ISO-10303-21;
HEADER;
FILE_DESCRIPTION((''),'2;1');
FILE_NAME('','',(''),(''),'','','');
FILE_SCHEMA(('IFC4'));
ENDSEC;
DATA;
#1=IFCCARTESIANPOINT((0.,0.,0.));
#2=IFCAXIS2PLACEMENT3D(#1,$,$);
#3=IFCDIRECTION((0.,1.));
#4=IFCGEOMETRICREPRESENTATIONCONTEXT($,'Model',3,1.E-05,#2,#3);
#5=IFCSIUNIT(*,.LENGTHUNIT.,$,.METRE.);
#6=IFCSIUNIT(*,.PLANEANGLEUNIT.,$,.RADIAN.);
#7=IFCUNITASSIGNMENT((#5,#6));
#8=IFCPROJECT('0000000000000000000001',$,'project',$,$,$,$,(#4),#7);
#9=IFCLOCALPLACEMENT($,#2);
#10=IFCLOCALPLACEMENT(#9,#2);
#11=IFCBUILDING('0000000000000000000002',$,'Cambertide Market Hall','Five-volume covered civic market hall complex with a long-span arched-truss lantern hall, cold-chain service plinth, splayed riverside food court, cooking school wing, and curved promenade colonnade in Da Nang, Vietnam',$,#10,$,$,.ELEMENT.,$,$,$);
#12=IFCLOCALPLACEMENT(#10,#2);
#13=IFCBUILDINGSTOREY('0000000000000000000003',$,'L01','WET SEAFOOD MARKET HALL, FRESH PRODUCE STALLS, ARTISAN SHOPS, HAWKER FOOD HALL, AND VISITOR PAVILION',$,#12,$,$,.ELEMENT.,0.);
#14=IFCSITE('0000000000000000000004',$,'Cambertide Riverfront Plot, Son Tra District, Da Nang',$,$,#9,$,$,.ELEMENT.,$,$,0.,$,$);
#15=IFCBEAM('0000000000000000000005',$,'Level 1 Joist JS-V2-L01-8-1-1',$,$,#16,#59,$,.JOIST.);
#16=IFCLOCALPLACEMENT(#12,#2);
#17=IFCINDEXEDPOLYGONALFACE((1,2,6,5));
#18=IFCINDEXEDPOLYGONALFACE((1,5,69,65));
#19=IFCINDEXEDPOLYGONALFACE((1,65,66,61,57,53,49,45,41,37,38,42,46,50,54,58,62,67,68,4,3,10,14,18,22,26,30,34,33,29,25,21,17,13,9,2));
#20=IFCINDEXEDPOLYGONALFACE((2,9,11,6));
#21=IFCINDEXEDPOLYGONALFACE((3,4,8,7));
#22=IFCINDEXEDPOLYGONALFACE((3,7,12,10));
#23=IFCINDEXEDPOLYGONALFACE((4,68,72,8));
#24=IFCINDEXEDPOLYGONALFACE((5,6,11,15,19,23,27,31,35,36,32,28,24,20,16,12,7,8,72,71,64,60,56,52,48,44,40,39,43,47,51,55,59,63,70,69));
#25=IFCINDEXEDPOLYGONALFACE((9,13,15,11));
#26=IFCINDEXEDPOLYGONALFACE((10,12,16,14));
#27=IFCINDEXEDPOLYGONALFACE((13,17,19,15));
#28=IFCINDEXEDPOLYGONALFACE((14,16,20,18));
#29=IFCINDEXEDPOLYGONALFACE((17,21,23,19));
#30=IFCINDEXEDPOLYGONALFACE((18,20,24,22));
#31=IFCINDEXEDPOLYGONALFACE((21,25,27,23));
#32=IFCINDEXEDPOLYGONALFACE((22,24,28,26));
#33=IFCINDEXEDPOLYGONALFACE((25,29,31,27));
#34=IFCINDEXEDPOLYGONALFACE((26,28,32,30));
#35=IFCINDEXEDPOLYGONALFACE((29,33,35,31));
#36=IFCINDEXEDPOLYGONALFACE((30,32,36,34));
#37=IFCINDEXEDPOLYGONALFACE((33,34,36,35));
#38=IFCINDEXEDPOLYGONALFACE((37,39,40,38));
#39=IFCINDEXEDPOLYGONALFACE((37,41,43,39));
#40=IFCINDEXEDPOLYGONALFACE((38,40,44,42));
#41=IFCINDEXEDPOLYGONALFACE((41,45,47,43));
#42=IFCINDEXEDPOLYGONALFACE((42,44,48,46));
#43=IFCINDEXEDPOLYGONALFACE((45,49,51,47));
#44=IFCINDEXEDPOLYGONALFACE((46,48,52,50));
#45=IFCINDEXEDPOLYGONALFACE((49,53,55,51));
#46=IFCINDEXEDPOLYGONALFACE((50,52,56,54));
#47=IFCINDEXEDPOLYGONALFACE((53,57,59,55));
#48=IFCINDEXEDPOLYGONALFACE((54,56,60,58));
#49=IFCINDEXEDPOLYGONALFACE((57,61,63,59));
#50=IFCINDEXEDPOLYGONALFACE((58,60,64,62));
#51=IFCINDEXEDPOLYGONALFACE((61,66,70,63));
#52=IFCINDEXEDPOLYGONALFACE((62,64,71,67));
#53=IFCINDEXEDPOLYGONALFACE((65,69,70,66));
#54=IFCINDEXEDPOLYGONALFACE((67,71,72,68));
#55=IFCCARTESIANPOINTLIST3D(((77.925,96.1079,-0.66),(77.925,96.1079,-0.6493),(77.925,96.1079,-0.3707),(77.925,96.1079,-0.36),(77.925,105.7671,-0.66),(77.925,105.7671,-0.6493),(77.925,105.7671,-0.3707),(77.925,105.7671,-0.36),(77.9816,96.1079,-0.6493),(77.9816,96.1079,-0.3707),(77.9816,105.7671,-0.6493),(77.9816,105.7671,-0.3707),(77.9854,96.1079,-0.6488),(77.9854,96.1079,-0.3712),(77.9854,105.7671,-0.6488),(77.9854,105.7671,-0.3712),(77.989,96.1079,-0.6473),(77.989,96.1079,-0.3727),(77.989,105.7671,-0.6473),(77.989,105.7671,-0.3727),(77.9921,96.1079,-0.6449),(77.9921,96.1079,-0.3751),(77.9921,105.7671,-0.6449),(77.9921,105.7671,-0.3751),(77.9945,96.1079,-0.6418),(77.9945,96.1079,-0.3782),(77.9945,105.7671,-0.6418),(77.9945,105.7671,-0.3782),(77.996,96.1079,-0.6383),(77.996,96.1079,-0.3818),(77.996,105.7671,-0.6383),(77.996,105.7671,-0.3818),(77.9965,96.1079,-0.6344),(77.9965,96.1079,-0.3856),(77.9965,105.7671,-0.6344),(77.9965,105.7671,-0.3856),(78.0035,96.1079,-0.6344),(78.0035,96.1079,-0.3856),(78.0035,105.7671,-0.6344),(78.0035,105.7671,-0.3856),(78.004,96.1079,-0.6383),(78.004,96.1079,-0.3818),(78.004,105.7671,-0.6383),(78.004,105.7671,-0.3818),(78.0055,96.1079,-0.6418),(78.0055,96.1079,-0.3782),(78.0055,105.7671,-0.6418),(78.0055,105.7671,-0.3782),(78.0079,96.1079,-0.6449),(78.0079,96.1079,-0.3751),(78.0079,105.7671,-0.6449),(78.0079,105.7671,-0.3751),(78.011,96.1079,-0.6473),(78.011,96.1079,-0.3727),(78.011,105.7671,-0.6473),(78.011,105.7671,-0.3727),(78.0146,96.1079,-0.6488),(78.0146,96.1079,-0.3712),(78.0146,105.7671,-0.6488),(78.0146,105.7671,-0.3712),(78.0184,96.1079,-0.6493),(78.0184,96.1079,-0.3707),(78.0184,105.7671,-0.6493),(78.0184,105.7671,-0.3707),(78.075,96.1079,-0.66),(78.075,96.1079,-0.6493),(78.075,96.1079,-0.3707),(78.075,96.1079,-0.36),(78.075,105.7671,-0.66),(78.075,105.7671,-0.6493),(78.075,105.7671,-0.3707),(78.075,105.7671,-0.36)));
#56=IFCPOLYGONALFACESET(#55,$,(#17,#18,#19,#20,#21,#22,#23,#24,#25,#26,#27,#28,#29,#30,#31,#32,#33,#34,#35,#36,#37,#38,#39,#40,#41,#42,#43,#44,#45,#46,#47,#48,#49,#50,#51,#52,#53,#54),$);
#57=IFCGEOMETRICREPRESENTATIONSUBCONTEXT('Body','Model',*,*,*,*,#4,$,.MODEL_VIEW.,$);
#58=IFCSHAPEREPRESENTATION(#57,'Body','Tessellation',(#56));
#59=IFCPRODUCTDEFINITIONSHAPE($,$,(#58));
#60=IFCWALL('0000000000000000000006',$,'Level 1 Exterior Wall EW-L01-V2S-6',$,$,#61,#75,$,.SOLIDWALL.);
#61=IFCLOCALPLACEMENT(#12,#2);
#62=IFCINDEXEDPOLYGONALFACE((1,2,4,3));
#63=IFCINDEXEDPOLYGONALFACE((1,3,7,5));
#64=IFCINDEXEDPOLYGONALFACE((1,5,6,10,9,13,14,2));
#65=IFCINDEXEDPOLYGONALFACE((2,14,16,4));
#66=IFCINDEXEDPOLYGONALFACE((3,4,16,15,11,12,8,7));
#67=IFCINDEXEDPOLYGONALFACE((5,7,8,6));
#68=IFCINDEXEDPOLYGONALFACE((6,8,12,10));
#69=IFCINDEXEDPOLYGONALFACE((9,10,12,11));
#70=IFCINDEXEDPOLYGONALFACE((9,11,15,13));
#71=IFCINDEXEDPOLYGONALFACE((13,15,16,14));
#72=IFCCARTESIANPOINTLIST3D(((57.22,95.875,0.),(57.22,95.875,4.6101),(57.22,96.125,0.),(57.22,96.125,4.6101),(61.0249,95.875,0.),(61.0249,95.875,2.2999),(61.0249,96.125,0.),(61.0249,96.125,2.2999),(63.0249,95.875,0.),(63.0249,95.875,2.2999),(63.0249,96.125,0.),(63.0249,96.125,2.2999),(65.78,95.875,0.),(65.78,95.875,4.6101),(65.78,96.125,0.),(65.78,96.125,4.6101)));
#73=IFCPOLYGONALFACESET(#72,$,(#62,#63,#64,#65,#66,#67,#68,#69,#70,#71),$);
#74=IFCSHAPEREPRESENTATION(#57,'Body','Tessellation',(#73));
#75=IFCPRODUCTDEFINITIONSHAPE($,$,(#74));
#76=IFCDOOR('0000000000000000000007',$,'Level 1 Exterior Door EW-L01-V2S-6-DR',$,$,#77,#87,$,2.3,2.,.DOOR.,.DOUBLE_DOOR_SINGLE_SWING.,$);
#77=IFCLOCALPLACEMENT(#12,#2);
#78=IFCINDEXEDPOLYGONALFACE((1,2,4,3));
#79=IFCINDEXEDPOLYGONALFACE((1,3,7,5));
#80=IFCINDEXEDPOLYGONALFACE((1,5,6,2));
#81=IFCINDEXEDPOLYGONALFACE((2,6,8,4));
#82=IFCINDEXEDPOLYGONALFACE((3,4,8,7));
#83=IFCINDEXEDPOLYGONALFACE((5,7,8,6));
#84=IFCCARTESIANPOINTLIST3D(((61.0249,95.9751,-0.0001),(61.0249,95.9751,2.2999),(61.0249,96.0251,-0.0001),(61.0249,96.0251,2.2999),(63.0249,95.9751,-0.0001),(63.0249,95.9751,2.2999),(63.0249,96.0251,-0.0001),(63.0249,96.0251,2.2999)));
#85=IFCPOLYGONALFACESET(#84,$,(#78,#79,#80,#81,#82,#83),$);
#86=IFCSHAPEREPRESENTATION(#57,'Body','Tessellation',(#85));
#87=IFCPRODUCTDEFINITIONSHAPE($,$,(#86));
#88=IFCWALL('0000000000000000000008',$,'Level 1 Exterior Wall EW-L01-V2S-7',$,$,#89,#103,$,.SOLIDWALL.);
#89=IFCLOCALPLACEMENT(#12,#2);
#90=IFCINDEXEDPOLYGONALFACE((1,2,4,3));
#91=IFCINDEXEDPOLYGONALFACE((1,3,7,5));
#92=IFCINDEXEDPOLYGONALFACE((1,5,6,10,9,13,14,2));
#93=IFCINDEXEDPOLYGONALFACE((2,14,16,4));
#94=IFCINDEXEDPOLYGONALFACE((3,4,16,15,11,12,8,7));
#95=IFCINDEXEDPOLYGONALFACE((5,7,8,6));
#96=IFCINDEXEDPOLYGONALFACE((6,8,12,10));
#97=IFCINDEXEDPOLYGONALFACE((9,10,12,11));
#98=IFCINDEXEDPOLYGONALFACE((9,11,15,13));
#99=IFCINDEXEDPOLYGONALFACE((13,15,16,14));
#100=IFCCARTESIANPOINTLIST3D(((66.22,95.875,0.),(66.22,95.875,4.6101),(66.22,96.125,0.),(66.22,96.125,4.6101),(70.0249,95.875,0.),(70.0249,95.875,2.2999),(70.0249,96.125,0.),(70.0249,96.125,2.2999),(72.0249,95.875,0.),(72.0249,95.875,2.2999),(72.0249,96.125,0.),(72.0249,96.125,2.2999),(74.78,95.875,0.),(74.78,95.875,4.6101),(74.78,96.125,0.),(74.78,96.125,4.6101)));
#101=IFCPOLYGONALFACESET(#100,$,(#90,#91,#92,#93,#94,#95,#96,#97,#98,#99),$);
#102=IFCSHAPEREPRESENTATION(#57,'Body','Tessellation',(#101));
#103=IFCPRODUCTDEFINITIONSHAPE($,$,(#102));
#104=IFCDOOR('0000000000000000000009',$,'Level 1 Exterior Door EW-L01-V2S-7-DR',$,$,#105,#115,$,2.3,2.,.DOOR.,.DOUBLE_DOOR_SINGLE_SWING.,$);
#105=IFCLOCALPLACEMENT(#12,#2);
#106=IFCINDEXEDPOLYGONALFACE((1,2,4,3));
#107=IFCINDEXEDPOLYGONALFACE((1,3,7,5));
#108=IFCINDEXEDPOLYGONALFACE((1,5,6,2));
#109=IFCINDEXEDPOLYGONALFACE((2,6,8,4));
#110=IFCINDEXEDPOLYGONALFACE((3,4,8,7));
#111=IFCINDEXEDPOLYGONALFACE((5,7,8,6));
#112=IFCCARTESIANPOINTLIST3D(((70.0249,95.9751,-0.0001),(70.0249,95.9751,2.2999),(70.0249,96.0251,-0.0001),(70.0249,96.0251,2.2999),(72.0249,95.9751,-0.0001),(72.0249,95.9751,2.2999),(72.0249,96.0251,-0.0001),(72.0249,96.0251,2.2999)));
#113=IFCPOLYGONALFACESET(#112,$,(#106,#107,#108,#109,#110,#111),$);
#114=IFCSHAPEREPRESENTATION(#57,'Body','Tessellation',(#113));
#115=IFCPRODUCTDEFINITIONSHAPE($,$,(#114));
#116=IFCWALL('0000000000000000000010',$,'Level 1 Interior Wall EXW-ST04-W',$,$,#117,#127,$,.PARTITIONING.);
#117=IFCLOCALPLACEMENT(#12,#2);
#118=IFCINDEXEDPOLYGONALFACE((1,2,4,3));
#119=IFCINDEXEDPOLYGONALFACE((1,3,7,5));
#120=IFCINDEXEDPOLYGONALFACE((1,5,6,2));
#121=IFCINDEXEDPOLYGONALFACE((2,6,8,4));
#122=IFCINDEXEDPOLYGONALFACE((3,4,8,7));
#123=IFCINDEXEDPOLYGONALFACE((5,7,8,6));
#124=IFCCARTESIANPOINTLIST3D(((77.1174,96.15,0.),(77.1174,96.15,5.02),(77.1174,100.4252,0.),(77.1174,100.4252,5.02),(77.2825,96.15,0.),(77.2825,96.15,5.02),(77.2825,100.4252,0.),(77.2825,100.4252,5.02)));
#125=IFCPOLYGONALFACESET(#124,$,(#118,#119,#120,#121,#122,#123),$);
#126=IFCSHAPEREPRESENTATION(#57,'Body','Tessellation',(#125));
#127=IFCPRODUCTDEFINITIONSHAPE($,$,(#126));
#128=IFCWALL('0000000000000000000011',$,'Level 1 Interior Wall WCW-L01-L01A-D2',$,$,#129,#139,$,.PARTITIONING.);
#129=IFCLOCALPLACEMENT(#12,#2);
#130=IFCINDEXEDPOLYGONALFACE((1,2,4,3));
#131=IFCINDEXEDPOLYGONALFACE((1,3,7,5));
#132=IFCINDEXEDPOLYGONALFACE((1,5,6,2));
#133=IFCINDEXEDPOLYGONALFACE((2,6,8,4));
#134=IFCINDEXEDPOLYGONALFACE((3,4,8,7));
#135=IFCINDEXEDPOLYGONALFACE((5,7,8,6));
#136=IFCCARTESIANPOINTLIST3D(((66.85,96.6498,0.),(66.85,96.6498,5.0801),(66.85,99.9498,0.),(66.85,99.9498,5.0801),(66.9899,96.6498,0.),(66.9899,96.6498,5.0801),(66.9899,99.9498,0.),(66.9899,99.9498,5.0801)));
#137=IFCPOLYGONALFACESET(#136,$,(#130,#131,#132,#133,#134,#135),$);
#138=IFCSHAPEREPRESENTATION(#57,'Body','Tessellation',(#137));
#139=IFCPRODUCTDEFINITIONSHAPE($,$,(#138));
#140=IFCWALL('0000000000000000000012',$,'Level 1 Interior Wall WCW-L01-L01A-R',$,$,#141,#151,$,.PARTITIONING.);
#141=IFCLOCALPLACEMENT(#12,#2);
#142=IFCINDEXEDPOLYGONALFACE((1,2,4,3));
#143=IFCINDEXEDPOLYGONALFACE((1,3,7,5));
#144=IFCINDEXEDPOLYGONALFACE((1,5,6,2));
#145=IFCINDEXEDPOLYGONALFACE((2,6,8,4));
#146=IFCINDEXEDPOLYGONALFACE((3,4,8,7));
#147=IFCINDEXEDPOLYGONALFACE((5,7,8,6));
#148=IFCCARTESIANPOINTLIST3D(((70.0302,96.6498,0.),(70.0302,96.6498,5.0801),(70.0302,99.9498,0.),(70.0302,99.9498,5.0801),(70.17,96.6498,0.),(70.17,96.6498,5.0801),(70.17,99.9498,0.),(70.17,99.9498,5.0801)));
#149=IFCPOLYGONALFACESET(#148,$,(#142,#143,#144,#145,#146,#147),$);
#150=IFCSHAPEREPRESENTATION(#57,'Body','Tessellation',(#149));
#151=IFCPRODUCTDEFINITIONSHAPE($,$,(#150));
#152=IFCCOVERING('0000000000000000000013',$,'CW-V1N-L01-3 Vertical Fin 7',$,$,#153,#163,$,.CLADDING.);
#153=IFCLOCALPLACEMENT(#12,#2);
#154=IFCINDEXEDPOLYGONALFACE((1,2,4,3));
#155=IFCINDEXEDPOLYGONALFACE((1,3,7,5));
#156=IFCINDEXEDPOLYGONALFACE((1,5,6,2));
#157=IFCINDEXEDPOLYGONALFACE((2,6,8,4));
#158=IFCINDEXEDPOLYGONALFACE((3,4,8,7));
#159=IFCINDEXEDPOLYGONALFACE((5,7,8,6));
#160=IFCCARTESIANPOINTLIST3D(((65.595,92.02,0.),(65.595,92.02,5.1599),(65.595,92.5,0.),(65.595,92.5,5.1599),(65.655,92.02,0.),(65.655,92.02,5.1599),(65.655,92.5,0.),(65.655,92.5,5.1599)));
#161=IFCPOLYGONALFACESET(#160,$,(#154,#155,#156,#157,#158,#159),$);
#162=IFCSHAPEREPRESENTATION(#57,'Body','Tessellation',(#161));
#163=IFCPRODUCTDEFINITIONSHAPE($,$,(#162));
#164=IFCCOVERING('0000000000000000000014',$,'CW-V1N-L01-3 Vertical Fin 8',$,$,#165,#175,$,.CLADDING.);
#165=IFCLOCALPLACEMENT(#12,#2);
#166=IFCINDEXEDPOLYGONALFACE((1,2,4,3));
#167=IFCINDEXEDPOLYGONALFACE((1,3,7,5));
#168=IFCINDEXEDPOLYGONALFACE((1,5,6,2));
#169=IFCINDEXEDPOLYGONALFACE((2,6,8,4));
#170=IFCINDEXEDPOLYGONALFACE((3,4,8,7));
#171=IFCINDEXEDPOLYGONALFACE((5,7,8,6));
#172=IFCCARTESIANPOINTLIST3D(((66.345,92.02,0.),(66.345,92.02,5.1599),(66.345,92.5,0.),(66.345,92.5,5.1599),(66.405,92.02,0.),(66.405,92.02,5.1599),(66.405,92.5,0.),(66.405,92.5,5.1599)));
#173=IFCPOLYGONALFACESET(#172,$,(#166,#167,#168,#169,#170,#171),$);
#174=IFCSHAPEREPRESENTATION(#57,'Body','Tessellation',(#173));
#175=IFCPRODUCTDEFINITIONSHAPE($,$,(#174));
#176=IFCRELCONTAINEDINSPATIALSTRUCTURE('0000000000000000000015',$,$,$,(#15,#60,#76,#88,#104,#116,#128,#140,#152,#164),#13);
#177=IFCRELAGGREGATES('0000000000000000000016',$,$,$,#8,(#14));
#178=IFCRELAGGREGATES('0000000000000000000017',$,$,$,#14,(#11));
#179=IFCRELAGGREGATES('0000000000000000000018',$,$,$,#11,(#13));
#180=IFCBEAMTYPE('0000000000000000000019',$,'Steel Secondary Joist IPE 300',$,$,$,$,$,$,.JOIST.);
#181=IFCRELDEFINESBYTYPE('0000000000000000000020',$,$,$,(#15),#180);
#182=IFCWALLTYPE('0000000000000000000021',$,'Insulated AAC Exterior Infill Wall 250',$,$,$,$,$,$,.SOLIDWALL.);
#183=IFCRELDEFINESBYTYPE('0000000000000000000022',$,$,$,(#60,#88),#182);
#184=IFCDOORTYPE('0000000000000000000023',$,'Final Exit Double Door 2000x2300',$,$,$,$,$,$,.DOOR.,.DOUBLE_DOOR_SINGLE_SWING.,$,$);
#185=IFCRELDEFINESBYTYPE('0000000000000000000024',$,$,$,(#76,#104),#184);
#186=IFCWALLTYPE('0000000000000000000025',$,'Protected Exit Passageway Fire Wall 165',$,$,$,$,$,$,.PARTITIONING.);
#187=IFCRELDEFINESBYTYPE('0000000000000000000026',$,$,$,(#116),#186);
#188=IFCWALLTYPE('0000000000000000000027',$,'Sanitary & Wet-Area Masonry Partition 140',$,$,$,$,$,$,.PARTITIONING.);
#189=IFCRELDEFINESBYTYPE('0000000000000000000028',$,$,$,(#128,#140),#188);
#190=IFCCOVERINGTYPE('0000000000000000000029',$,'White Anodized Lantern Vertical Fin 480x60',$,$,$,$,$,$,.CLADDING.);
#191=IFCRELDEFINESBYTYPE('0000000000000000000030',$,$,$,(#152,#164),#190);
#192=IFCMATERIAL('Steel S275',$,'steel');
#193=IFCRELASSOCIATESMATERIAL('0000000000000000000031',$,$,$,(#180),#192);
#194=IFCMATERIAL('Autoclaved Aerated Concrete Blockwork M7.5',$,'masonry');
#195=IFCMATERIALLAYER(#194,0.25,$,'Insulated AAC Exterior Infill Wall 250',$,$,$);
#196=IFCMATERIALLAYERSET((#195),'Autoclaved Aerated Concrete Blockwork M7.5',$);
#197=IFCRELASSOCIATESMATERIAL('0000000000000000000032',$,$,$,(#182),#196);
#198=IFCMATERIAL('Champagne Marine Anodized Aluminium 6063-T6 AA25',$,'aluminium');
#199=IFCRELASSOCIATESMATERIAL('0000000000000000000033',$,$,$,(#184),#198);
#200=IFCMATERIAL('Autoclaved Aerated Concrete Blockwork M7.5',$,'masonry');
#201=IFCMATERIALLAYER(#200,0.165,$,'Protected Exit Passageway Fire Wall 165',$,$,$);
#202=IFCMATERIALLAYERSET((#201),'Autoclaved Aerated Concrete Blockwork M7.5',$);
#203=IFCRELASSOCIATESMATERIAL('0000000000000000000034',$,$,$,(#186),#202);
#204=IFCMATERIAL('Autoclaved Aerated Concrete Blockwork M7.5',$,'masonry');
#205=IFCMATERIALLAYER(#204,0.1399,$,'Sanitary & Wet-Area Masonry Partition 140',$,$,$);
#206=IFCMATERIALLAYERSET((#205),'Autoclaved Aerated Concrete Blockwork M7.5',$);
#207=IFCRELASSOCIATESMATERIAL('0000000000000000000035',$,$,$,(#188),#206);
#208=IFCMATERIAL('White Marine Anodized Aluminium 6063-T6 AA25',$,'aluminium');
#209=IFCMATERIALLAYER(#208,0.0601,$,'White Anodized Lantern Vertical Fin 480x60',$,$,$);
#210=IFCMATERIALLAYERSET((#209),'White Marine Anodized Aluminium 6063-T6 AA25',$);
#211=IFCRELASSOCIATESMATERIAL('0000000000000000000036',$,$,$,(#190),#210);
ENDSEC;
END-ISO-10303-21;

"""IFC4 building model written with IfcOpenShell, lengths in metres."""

from ifc_helpers import new_model, si_unit, direction, frame, frame_2d, origin, origin_2d, place, context, subcontext, project, spatial, rectangle, i_section, extrude, material, layer, layer_set, material_profile, profile_set, type_object, element, fill, save


model = new_model("IFC4")

# Units and contexts
model_context = context("Model", 3, precision=1e-05, world=origin(), true_north=direction((0.0, 1.0)))
body_context = subcontext(model_context, "Body", "Model", "MODEL_VIEW")
ifc_project = project(units=[si_unit("LENGTHUNIT", "METRE"), si_unit("PLANEANGLEUNIT", "RADIAN")], contexts=[model_context])

# Site, building, storey
site_placement = place(None, origin())
site = spatial("IfcSite", under=ifc_project, at=site_placement, Name="Cambertide Riverfront Plot, Son Tra District, Da Nang", CompositionType="ELEMENT", RefElevation=0.0)
building_placement = place(site_placement, origin())
building = spatial("IfcBuilding", under=site, at=building_placement, Name="Cambertide Market Hall", Description="Five-volume covered civic market hall complex with a long-span arched-truss lantern hall, cold-chain service plinth, splayed riverside food court, cooking school wing, and curved promenade colonnade in Da Nang, Vietnam", CompositionType="ELEMENT")
storey_placement = place(building_placement, origin())
storey = spatial("IfcBuildingStorey", under=building, at=storey_placement, Name="L01", Description="WET SEAFOOD MARKET HALL, FRESH PRODUCE STALLS, ARTISAN SHOPS, HAWKER FOOD HALL, AND VISITOR PAVILION", CompositionType="ELEMENT", Elevation=0.0)

# Beam
ifc_material_1 = material(Name="Steel S275", Category="steel")
ifc_material_profile_1 = material_profile(ifc_material_1, i_section(OverallWidth=0.1499, OverallDepth=0.3, WebThickness=0.0071, FlangeThickness=0.0107, FilletRadius=0.0149, at=origin_2d()), Name="IPE 300")
ifc_profile_set_1 = profile_set([ifc_material_profile_1], Name="Steel S275")
beam_type_1 = type_object("IfcBeamType", Name="Steel Secondary Joist IPE 300", PredefinedType="JOIST", material=ifc_profile_set_1)
for number, where, z_axis, x_axis, name in (
    (1, (78.0, 96.1079, -0.51), (0.0, 1.0, 0.0), (-1.0, 0.0, 0.0), "Level 1 Joist JS-V2-L01-8-1-1"),
):
    element("IfcBeam", number, at=place(storey_placement, frame(where, z_axis=z_axis, x_axis=x_axis)), inside=storey, type_object=beam_type_1, Name=name, PredefinedType="JOIST", context=body_context, shape_type="SweptSolid", body=[
        extrude(i_section(OverallWidth=0.1499, OverallDepth=0.3, WebThickness=0.0071, FlangeThickness=0.0107, FilletRadius=0.0149, at=origin_2d()), origin(), (0.0, 0.0, 1.0), 9.6592),
    ])

# Walls, openings, doors
ifc_material_2 = material(Name="Autoclaved Aerated Concrete Blockwork M7.5", Category="masonry")
ifc_layer_1 = layer(ifc_material_2, 0.25, Name="Insulated AAC Exterior Infill Wall 250")
ifc_layer_set_1 = layer_set([ifc_layer_1], Name="Autoclaved Aerated Concrete Blockwork M7.5")
wall_type_1 = type_object("IfcWallType", Name="Insulated AAC Exterior Infill Wall 250", PredefinedType="SOLIDWALL", material=ifc_layer_set_1)
wall_1_placement = place(storey_placement, frame((65.78, 96.0, 0.0), z_axis=(0.0, 0.0, 1.0), x_axis=(-1.0, 0.0, 0.0)))
wall_1 = element("IfcWall", 2, at=wall_1_placement, inside=storey, type_object=wall_type_1, Name="Level 1 Exterior Wall EW-L01-V2S-6", PredefinedType="SOLIDWALL", context=body_context, shape_type="SweptSolid", body=[
    extrude(rectangle(XDim=8.5601, YDim=0.25, at=frame_2d((4.28, 0.0))), origin(), (0.0, 0.0, 1.0), 4.6101),
])
opening_1_placement = place(wall_1_placement, frame((2.7551, 0.0, 0.0)))
opening_1 = element("IfcOpeningElement", 3, at=opening_1_placement, cuts=wall_1, PredefinedType="OPENING", context=body_context, shape_type="SweptSolid", body=[
    extrude(rectangle(XDim=2.0, YDim=2.3, at=frame_2d((1.0, 1.1499))), frame((0.0, 0.135, 0.0), z_axis=(0.0, -1.0, 0.0), x_axis=(1.0, 0.0, 0.0)), (0.0, 0.0, 1.0), 0.27),
])
ifc_material_3 = material(Name="Champagne Marine Anodized Aluminium 6063-T6 AA25", Category="aluminium")
door_type = type_object("IfcDoorType", Name="Final Exit Double Door 2000x2300", OperationType="DOUBLE_DOOR_SINGLE_SWING", PredefinedType="DOOR", material=ifc_material_3)
door_1_placement = place(opening_1_placement, origin())
door_1 = element("IfcDoor", 4, at=door_1_placement, inside=storey, type_object=door_type, Name="Level 1 Exterior Door EW-L01-V2S-6-DR", OperationType="DOUBLE_DOOR_SINGLE_SWING", OverallHeight=2.3, OverallWidth=2.0, PredefinedType="DOOR", context=body_context, shape_type="SweptSolid", body=[
    extrude(rectangle(XDim=2.0, YDim=2.3, at=frame_2d((1.0, 1.1499))), frame((0.0, 0.0249, 0.0), z_axis=(0.0, -1.0, 0.0), x_axis=(1.0, 0.0, 0.0)), (0.0, 0.0, 1.0), 0.05),
])
fill(opening_1, door_1)
wall_2_placement = place(storey_placement, frame((74.78, 96.0, 0.0), z_axis=(0.0, 0.0, 1.0), x_axis=(-1.0, 0.0, 0.0)))
wall_2 = element("IfcWall", 5, at=wall_2_placement, inside=storey, type_object=wall_type_1, Name="Level 1 Exterior Wall EW-L01-V2S-7", PredefinedType="SOLIDWALL", context=body_context, shape_type="SweptSolid", body=[
    extrude(rectangle(XDim=8.5601, YDim=0.25, at=frame_2d((4.28, 0.0))), origin(), (0.0, 0.0, 1.0), 4.6101),
])
opening_2_placement = place(wall_2_placement, frame((2.7551, 0.0, 0.0)))
opening_2 = element("IfcOpeningElement", 6, at=opening_2_placement, cuts=wall_2, PredefinedType="OPENING", context=body_context, shape_type="SweptSolid", body=[
    extrude(rectangle(XDim=2.0, YDim=2.3, at=frame_2d((1.0, 1.1499))), frame((0.0, 0.135, 0.0), z_axis=(0.0, -1.0, 0.0), x_axis=(1.0, 0.0, 0.0)), (0.0, 0.0, 1.0), 0.27),
])
door_2_placement = place(opening_2_placement, origin())
door_2 = element("IfcDoor", 7, at=door_2_placement, inside=storey, type_object=door_type, Name="Level 1 Exterior Door EW-L01-V2S-7-DR", OperationType="DOUBLE_DOOR_SINGLE_SWING", OverallHeight=2.3, OverallWidth=2.0, PredefinedType="DOOR", context=body_context, shape_type="SweptSolid", body=[
    extrude(rectangle(XDim=2.0, YDim=2.3, at=frame_2d((1.0, 1.1499))), frame((0.0, 0.0249, 0.0), z_axis=(0.0, -1.0, 0.0), x_axis=(1.0, 0.0, 0.0)), (0.0, 0.0, 1.0), 0.05),
])
fill(opening_2, door_2)

# Walls
ifc_material_4 = material(Name="Autoclaved Aerated Concrete Blockwork M7.5", Category="masonry")
ifc_layer_2 = layer(ifc_material_4, 0.165, Name="Protected Exit Passageway Fire Wall 165")
ifc_layer_set_2 = layer_set([ifc_layer_2], Name="Autoclaved Aerated Concrete Blockwork M7.5")
wall_type_2 = type_object("IfcWallType", Name="Protected Exit Passageway Fire Wall 165", PredefinedType="PARTITIONING", material=ifc_layer_set_2)
wall_3_placement = place(storey_placement, frame((77.2, 96.1499, 0.0), z_axis=(0.0, 0.0, 1.0), x_axis=(0.0, 1.0, 0.0)))
element("IfcWall", 8, at=wall_3_placement, inside=storey, type_object=wall_type_2, Name="Level 1 Interior Wall EXW-ST04-W", PredefinedType="PARTITIONING", context=body_context, shape_type="SweptSolid", body=[
    extrude(rectangle(XDim=4.2751, YDim=0.165, at=frame_2d((2.1377, 0.0))), origin(), (0.0, 0.0, 1.0), 5.02),
])
ifc_material_5 = material(Name="Autoclaved Aerated Concrete Blockwork M7.5", Category="masonry")
ifc_layer_3 = layer(ifc_material_5, 0.1399, Name="Sanitary & Wet-Area Masonry Partition 140")
ifc_layer_set_3 = layer_set([ifc_layer_3], Name="Autoclaved Aerated Concrete Blockwork M7.5")
wall_type_3 = type_object("IfcWallType", Name="Sanitary & Wet-Area Masonry Partition 140", PredefinedType="PARTITIONING", material=ifc_layer_set_3)
for number, where, z_axis, x_axis, name in (
    (9, (66.9199, 96.6499, 0.0), (0.0, 0.0, 1.0), (0.0, 1.0, 0.0), "Level 1 Interior Wall WCW-L01-L01A-D2"),
    (10, (70.1001, 96.6499, 0.0), (0.0, 0.0, 1.0), (0.0, 1.0, 0.0), "Level 1 Interior Wall WCW-L01-L01A-R"),
):
    element("IfcWall", number, at=place(storey_placement, frame(where, z_axis=z_axis, x_axis=x_axis)), inside=storey, type_object=wall_type_3, Name=name, PredefinedType="PARTITIONING", context=body_context, shape_type="SweptSolid", body=[
        extrude(rectangle(XDim=3.3, YDim=0.1399, at=frame_2d((1.6499, 0.0))), origin(), (0.0, 0.0, 1.0), 5.0801),
    ])

# Coverings
ifc_material_6 = material(Name="White Marine Anodized Aluminium 6063-T6 AA25", Category="aluminium")
ifc_layer_4 = layer(ifc_material_6, 0.0601, Name="White Anodized Lantern Vertical Fin 480x60")
ifc_layer_set_4 = layer_set([ifc_layer_4], Name="White Marine Anodized Aluminium 6063-T6 AA25")
covering_type = type_object("IfcCoveringType", Name="White Anodized Lantern Vertical Fin 480x60", PredefinedType="CLADDING", material=ifc_layer_set_4)
for number, where, z_axis, x_axis, name in (
    (11, (65.625, 92.26, 0.0), (0.0, 0.0, 1.0), (1.0, 0.0, 0.0), "CW-V1N-L01-3 Vertical Fin 7"),
    (12, (66.375, 92.26, 0.0), (0.0, 0.0, 1.0), (1.0, 0.0, 0.0), "CW-V1N-L01-3 Vertical Fin 8"),
):
    element("IfcCovering", number, at=place(storey_placement, frame(where, z_axis=z_axis, x_axis=x_axis)), inside=storey, type_object=covering_type, Name=name, PredefinedType="CLADDING", context=body_context, shape_type="SweptSolid", body=[
        extrude(rectangle(XDim=0.0601, YDim=0.48, at=origin_2d()), origin(), (0.0, 0.0, 1.0), 5.1599),
    ])

save(model, "model.ifc")
